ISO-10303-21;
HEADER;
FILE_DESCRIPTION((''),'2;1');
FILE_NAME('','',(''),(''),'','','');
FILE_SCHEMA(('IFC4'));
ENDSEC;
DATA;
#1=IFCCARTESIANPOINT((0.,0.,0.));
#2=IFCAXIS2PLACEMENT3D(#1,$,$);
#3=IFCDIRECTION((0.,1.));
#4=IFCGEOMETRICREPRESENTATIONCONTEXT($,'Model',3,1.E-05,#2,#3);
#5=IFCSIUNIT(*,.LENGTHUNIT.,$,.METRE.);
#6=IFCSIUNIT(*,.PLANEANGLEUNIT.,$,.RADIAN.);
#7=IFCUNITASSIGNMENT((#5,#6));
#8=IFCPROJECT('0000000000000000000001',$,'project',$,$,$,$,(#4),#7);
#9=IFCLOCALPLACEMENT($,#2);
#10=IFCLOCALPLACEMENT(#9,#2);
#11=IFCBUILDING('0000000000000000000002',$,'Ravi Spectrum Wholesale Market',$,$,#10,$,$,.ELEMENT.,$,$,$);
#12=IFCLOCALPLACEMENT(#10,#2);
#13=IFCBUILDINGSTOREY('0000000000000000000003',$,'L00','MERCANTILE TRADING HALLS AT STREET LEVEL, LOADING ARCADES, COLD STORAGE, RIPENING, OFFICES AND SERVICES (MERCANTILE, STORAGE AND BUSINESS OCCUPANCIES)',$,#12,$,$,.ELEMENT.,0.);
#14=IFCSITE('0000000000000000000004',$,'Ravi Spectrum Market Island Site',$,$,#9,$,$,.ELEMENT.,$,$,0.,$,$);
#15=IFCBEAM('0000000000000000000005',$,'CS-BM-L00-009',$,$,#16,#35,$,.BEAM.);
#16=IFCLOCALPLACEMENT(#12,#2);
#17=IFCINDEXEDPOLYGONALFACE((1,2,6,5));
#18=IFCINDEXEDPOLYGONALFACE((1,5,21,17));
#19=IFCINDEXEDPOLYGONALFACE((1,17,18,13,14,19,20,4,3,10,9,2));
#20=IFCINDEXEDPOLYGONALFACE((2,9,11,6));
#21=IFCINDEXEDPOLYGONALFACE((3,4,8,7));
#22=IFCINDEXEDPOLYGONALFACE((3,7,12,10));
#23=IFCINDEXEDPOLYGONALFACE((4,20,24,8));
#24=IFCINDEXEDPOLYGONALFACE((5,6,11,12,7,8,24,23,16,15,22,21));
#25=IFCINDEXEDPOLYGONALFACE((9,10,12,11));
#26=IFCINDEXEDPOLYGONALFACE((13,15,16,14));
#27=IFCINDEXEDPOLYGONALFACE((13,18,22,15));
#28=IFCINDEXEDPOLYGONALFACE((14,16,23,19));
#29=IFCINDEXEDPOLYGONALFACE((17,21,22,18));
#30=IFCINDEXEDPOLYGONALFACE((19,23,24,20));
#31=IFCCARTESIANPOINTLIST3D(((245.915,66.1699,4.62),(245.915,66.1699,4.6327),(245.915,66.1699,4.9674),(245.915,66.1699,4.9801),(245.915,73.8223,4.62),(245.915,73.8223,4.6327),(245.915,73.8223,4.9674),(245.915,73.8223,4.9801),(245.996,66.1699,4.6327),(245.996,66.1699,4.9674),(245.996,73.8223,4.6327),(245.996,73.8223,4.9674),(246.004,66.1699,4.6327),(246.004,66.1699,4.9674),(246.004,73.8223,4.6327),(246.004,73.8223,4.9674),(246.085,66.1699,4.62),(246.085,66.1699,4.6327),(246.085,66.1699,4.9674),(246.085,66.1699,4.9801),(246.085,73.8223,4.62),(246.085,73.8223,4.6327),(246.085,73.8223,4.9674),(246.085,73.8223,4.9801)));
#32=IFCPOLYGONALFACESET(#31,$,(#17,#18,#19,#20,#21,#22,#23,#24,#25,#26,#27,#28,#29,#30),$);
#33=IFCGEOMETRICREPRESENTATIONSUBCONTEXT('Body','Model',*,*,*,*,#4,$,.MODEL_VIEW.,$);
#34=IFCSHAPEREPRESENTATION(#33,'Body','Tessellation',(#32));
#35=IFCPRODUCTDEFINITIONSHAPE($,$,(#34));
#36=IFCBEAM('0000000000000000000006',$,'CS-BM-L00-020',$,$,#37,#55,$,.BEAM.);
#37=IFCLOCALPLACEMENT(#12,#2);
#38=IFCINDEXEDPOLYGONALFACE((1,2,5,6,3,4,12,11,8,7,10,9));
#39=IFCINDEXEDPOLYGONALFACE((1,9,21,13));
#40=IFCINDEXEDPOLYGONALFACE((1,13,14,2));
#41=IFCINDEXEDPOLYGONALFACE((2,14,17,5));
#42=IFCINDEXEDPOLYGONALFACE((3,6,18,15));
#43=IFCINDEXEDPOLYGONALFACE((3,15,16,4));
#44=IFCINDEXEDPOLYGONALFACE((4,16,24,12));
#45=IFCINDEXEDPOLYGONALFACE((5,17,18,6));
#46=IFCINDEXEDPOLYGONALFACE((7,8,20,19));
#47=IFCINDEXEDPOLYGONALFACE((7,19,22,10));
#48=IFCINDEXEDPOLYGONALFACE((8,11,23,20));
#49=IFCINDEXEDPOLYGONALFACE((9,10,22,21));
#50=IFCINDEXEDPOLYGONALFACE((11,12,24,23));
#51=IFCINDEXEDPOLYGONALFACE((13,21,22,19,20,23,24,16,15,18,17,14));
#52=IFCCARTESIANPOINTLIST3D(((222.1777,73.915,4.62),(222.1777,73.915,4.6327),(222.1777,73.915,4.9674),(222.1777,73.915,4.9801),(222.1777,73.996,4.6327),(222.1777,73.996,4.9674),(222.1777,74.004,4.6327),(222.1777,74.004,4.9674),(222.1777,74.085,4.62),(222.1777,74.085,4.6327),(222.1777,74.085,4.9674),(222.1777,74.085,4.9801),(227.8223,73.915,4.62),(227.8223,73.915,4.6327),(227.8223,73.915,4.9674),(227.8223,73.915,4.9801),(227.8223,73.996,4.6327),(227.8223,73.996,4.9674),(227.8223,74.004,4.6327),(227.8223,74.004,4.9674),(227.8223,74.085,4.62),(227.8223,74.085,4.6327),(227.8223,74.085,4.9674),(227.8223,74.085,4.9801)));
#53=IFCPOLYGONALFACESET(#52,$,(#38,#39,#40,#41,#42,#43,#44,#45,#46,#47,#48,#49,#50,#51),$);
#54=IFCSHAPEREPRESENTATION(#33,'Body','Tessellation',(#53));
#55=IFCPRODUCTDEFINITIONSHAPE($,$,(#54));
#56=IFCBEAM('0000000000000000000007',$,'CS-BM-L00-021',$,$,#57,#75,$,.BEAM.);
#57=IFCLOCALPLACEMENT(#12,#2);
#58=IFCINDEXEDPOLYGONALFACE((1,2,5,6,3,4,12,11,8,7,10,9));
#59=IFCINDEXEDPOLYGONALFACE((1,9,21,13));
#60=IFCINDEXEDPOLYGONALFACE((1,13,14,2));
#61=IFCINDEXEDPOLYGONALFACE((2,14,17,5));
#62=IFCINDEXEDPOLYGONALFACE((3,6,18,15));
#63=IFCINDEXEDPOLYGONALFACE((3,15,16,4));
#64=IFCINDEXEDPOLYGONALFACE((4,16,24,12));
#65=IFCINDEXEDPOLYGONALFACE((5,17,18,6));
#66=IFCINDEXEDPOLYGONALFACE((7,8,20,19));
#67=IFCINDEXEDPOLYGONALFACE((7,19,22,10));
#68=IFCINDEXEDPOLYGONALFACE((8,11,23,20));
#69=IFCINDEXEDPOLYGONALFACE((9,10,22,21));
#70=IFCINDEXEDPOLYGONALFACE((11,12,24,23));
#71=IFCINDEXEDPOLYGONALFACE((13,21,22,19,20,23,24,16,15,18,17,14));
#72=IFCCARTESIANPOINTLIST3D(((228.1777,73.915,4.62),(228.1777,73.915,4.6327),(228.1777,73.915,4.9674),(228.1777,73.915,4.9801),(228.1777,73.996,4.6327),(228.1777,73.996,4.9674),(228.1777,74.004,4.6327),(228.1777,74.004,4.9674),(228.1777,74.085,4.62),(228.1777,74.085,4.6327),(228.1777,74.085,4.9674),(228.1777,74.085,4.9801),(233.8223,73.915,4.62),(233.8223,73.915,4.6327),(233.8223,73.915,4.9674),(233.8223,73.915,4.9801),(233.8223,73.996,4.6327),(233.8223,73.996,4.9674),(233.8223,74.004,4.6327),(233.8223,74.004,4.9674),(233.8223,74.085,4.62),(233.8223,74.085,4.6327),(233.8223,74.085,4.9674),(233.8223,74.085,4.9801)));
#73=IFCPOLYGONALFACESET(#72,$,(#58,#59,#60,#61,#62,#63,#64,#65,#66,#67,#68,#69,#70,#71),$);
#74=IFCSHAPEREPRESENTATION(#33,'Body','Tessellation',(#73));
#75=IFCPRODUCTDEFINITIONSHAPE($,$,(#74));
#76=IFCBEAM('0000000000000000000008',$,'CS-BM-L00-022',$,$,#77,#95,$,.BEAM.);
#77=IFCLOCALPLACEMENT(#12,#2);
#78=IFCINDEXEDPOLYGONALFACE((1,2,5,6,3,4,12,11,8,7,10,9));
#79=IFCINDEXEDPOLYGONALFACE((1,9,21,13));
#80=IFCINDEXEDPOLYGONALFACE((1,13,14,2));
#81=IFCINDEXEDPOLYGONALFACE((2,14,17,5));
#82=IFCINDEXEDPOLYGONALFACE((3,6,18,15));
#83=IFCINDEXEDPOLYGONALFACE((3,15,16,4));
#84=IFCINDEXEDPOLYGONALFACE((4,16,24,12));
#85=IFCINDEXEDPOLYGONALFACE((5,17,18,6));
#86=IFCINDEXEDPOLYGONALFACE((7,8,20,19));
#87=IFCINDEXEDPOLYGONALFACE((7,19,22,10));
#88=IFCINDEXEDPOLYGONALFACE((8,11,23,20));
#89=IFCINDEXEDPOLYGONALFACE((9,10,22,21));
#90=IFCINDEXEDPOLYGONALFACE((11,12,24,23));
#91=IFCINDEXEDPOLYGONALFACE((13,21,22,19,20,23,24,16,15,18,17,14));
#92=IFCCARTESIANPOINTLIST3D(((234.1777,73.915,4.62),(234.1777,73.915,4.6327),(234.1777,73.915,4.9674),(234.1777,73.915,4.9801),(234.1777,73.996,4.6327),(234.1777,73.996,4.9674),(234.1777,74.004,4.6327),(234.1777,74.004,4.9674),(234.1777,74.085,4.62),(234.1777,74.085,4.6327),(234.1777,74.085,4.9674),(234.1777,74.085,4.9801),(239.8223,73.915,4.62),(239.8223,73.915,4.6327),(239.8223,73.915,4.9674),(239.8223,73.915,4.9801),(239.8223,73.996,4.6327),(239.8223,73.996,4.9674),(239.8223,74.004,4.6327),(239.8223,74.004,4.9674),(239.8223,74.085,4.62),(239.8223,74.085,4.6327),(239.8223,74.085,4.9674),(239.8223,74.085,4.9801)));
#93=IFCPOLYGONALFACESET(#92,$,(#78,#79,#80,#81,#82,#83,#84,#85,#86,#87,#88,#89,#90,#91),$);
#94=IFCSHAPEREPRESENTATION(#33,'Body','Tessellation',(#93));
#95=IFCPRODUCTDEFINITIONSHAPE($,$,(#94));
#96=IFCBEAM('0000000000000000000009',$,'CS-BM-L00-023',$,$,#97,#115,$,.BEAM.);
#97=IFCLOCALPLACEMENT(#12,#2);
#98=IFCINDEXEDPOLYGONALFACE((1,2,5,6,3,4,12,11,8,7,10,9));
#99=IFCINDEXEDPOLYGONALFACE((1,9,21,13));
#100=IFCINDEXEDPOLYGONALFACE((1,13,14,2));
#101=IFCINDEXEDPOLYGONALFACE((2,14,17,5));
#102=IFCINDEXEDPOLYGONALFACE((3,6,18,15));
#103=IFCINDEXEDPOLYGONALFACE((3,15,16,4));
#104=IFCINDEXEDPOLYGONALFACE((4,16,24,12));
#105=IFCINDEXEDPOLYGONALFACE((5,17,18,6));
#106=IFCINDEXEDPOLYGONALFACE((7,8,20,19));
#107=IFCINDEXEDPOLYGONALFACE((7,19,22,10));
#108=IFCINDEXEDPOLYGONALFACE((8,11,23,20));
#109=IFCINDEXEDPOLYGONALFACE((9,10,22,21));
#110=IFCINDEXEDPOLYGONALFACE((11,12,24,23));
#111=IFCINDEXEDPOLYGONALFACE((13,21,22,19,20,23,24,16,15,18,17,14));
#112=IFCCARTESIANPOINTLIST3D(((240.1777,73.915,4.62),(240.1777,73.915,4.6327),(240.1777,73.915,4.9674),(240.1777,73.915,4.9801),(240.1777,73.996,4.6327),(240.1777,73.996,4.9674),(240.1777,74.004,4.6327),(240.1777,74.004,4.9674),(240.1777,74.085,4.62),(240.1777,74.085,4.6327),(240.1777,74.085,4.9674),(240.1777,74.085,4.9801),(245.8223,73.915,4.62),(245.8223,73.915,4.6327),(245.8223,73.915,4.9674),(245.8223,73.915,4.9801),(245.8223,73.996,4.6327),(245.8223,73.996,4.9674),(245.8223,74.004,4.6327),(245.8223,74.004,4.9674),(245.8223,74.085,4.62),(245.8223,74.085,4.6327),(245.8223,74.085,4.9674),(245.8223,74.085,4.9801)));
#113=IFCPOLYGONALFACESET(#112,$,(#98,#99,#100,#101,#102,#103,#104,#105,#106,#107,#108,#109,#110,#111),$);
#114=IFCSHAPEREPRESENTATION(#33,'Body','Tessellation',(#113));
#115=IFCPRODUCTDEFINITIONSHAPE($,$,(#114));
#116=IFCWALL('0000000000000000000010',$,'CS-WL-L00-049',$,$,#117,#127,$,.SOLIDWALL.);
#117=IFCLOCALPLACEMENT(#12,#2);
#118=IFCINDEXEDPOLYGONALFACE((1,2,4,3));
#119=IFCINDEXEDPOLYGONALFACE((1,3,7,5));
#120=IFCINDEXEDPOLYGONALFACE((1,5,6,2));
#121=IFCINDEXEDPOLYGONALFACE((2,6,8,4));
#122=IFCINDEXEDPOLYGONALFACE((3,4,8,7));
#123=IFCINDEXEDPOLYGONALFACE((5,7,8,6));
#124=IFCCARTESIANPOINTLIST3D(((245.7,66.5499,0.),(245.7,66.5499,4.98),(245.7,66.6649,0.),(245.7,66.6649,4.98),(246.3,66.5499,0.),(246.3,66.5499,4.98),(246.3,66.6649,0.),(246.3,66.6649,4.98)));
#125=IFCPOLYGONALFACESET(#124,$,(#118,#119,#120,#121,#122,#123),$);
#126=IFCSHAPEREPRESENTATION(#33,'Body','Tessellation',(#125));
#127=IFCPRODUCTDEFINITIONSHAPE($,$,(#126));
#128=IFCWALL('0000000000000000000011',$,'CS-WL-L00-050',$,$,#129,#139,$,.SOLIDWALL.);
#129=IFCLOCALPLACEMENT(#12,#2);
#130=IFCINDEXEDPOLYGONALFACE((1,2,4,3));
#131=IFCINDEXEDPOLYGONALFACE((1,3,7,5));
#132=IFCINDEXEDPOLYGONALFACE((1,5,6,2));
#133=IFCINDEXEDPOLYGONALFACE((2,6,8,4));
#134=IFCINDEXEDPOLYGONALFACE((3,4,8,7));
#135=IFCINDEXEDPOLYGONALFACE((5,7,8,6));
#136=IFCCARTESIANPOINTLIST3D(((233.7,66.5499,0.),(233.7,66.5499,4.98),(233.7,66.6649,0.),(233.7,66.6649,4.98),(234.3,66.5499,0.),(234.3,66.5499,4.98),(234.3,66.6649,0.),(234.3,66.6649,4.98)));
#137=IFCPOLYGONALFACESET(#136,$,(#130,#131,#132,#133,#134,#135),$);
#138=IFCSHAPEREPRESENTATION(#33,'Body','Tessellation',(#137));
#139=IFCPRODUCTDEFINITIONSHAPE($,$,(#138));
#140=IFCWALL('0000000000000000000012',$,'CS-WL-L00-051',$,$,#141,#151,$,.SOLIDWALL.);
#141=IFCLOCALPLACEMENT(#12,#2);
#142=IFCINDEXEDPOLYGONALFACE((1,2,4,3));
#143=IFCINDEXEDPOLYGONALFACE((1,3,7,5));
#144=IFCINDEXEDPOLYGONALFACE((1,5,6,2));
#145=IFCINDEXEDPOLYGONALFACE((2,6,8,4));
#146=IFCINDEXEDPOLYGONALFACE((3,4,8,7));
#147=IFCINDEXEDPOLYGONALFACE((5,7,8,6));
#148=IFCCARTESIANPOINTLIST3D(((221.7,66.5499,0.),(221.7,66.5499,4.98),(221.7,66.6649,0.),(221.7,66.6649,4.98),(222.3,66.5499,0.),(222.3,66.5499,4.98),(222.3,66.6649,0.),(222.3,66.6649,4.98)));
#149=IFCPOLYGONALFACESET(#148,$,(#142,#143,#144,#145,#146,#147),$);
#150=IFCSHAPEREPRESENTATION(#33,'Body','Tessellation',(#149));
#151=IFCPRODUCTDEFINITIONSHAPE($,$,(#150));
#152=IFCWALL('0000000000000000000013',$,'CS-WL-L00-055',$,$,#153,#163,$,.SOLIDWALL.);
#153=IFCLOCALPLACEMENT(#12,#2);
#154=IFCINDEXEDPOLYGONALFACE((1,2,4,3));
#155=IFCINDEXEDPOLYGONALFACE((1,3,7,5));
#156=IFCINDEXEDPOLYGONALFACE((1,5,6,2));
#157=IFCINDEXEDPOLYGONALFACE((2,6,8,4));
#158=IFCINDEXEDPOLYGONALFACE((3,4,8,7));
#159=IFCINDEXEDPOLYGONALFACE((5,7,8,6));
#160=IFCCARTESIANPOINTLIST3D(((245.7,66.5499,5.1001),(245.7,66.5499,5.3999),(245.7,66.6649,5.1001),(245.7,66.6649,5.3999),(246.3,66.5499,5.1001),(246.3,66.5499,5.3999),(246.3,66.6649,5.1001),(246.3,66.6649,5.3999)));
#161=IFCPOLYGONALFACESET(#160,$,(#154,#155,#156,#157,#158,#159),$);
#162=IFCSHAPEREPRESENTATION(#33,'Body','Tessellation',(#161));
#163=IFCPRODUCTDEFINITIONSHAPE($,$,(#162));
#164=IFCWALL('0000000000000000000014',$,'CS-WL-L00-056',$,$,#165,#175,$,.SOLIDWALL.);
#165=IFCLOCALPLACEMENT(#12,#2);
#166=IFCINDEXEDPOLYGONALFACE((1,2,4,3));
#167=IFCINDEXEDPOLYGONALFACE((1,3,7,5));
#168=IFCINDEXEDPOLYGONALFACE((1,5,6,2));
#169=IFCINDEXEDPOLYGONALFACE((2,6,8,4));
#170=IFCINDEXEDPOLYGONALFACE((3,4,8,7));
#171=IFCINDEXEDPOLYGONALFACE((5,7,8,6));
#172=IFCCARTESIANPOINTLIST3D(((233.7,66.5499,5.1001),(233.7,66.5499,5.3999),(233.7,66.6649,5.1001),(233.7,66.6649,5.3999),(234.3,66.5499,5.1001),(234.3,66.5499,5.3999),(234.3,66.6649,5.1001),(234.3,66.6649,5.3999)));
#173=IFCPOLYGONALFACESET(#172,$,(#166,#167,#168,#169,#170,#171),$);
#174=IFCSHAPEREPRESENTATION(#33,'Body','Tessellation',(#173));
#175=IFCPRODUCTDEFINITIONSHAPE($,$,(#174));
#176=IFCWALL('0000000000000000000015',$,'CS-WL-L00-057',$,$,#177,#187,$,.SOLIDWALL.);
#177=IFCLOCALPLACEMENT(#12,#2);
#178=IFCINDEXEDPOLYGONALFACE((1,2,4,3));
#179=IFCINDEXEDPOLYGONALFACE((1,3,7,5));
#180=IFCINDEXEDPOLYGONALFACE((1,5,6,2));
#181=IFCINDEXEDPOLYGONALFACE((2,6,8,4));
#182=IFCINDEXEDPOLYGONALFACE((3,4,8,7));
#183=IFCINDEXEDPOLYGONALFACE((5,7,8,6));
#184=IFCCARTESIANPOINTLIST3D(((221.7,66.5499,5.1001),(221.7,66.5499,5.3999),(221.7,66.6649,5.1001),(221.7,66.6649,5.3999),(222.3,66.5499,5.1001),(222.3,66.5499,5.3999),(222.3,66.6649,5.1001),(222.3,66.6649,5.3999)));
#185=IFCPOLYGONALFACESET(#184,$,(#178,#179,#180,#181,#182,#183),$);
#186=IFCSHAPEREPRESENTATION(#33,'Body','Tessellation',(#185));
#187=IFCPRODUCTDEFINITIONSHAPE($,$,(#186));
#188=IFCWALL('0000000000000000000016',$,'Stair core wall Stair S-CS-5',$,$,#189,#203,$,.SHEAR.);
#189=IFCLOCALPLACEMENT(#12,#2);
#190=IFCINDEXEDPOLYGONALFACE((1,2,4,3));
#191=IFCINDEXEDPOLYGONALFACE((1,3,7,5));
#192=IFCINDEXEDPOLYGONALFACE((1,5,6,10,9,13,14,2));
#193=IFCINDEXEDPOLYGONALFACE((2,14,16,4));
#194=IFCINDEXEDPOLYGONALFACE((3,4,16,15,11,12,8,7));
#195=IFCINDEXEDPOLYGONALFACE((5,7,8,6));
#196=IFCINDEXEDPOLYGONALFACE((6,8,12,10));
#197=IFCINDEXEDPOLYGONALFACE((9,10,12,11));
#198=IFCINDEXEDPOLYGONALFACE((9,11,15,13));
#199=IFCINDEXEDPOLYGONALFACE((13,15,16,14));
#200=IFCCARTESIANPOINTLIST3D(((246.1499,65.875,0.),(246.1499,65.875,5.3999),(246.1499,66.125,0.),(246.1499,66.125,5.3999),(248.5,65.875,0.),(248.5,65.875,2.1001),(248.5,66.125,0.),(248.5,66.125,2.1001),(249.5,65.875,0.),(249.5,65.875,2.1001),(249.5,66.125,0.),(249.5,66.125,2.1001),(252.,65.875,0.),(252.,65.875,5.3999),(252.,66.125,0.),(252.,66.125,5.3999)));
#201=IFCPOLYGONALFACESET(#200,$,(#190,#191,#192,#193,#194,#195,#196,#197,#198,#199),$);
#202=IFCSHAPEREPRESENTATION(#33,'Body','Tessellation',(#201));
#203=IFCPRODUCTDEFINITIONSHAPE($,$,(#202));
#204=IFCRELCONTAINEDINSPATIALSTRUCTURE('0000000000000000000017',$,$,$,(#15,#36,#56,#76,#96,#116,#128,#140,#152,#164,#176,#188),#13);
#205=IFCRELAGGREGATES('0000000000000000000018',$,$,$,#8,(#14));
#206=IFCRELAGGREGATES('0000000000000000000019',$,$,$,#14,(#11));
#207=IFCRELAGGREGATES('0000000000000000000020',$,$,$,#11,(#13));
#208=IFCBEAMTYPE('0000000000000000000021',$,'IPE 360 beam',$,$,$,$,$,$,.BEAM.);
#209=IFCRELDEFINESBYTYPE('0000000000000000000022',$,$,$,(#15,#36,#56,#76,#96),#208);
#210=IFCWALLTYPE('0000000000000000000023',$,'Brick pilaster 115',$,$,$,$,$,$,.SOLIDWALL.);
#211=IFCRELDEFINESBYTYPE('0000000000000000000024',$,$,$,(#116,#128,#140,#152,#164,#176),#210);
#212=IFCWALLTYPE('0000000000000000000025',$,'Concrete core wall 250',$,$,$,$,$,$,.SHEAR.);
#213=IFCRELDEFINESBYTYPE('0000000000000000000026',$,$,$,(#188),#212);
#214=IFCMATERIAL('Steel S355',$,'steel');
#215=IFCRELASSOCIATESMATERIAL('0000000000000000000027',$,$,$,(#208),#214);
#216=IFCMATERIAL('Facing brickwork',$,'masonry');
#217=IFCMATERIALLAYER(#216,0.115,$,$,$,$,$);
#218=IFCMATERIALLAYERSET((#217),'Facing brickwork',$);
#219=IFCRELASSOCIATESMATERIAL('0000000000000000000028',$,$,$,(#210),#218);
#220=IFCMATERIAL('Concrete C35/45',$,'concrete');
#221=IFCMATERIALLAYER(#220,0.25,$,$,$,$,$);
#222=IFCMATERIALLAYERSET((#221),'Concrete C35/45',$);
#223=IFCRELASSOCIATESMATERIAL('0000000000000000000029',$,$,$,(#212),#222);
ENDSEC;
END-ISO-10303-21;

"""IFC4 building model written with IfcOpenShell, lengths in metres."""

from ifc_helpers import new_model, si_unit, direction, frame, frame_2d, origin, origin_2d, place, context, subcontext, project, spatial, rectangle, i_section, extrude, material, layer, layer_set, material_profile, profile_set, type_object, element, save


model = new_model("IFC4")

# Units and contexts
model_context = context("Model", 3, precision=1e-05, world=origin(), true_north=direction((0.0, 1.0)))
body_context = subcontext(model_context, "Body", "Model", "MODEL_VIEW")
ifc_project = project(units=[si_unit("LENGTHUNIT", "METRE"), si_unit("PLANEANGLEUNIT", "RADIAN")], contexts=[model_context])

# Site, building, storey
site_placement = place(None, origin())
site = spatial("IfcSite", under=ifc_project, at=site_placement, Name="Ravi Spectrum Market Island Site", CompositionType="ELEMENT", RefElevation=0.0)
building_placement = place(site_placement, origin())
building = spatial("IfcBuilding", under=site, at=building_placement, Name="Ravi Spectrum Wholesale Market", CompositionType="ELEMENT")
storey_placement = place(building_placement, origin())
storey = spatial("IfcBuildingStorey", under=building, at=storey_placement, Name="L00", Description="MERCANTILE TRADING HALLS AT STREET LEVEL, LOADING ARCADES, COLD STORAGE, RIPENING, OFFICES AND SERVICES (MERCANTILE, STORAGE AND BUSINESS OCCUPANCIES)", CompositionType="ELEMENT", Elevation=0.0)

# Beams
ifc_material_1 = material(Name="Steel S355", Category="steel")
ifc_material_profile_1 = material_profile(ifc_material_1, i_section(OverallWidth=0.1699, OverallDepth=0.3601, WebThickness=0.0081, FlangeThickness=0.0127, at=origin_2d()))
ifc_profile_set_1 = profile_set([ifc_material_profile_1], Name="Steel S355")
beam_type = type_object("IfcBeamType", Name="IPE 360 beam", PredefinedType="BEAM", material=ifc_profile_set_1)
beam_1_placement = place(storey_placement, frame((246.0, 66.1699, 4.8), z_axis=(0.0, 1.0, 0.0), x_axis=(-1.0, 0.0, 0.0)))
element("IfcBeam", 1, at=beam_1_placement, inside=storey, type_object=beam_type, Name="CS-BM-L00-009", PredefinedType="BEAM", context=body_context, shape_type="SweptSolid", body=[
    extrude(i_section(OverallWidth=0.1699, OverallDepth=0.3601, WebThickness=0.0081, FlangeThickness=0.0127, at=origin_2d()), origin(), (0.0, 0.0, 1.0), 7.6523),
])
for number, where, z_axis, x_axis, name in (
    (2, (222.1777, 74.0, 4.8), (1.0, 0.0, 0.0), (0.0, 1.0, 0.0), "CS-BM-L00-020"),
    (3, (228.1777, 74.0, 4.8), (1.0, 0.0, 0.0), (0.0, 1.0, 0.0), "CS-BM-L00-021"),
    (4, (234.1777, 74.0, 4.8), (1.0, 0.0, 0.0), (0.0, 1.0, 0.0), "CS-BM-L00-022"),
    (5, (240.1777, 74.0, 4.8), (1.0, 0.0, 0.0), (0.0, 1.0, 0.0), "CS-BM-L00-023"),
):
    element("IfcBeam", number, at=place(storey_placement, frame(where, z_axis=z_axis, x_axis=x_axis)), inside=storey, type_object=beam_type, Name=name, PredefinedType="BEAM", context=body_context, shape_type="SweptSolid", body=[
        extrude(i_section(OverallWidth=0.1699, OverallDepth=0.3601, WebThickness=0.0081, FlangeThickness=0.0127, at=origin_2d()), origin(), (0.0, 0.0, 1.0), 5.6445),
    ])

# Walls
ifc_material_2 = material(Name="Facing brickwork", Category="masonry")
ifc_layer_1 = layer(ifc_material_2, 0.115)
ifc_layer_set_1 = layer_set([ifc_layer_1], Name="Facing brickwork")
wall_type_1 = type_object("IfcWallType", Name="Brick pilaster 115", PredefinedType="SOLIDWALL", material=ifc_layer_set_1)
for number, where, z_axis, x_axis, name in (
    (6, (246.3, 66.6074, 0.0), (0.0, 0.0, 1.0), (-1.0, 0.0, 0.0), "CS-WL-L00-049"),
    (7, (234.3, 66.6074, 0.0), (0.0, 0.0, 1.0), (-1.0, 0.0, 0.0), "CS-WL-L00-050"),
    (8, (222.3, 66.6074, 0.0), (0.0, 0.0, 1.0), (-1.0, 0.0, 0.0), "CS-WL-L00-051"),
):
    element("IfcWall", number, at=place(storey_placement, frame(where, z_axis=z_axis, x_axis=x_axis)), inside=storey, type_object=wall_type_1, Name=name, PredefinedType="SOLIDWALL", context=body_context, shape_type="SweptSolid", body=[
        extrude(rectangle(XDim=0.6001, YDim=0.115, at=frame_2d((0.3, 0.0))), origin(), (0.0, 0.0, 1.0), 4.98),
    ])
for number, where, z_axis, x_axis, name in (
    (9, (246.3, 66.6074, 5.1001), (0.0, 0.0, 1.0), (-1.0, 0.0, 0.0), "CS-WL-L00-055"),
    (10, (234.3, 66.6074, 5.1001), (0.0, 0.0, 1.0), (-1.0, 0.0, 0.0), "CS-WL-L00-056"),
    (11, (222.3, 66.6074, 5.1001), (0.0, 0.0, 1.0), (-1.0, 0.0, 0.0), "CS-WL-L00-057"),
):
    element("IfcWall", number, at=place(storey_placement, frame(where, z_axis=z_axis, x_axis=x_axis)), inside=storey, type_object=wall_type_1, Name=name, PredefinedType="SOLIDWALL", context=body_context, shape_type="SweptSolid", body=[
        extrude(rectangle(XDim=0.6001, YDim=0.115, at=frame_2d((0.3, 0.0))), origin(), (0.0, 0.0, 1.0), 0.2998),
    ])

# Wall, opening
ifc_material_3 = material(Name="Concrete C35/45", Category="concrete")
ifc_layer_2 = layer(ifc_material_3, 0.25)
ifc_layer_set_2 = layer_set([ifc_layer_2], Name="Concrete C35/45")
wall_type_2 = type_object("IfcWallType", Name="Concrete core wall 250", PredefinedType="SHEAR", material=ifc_layer_set_2)
wall_placement = place(storey_placement, frame((246.1499, 66.0, 0.0), z_axis=(0.0, 0.0, 1.0), x_axis=(1.0, 0.0, 0.0)))
wall = element("IfcWall", 12, at=wall_placement, inside=storey, type_object=wall_type_2, Name="Stair core wall Stair S-CS-5", PredefinedType="SHEAR", context=body_context, shape_type="SweptSolid", body=[
    extrude(rectangle(XDim=5.8501, YDim=0.25, at=frame_2d((2.925, 0.0))), origin(), (0.0, 0.0, 1.0), 5.3999),
])
opening_placement = place(wall_placement, frame((2.3501, 0.0, 0.0)))
element("IfcOpeningElement", 13, at=opening_placement, cuts=wall, PredefinedType="OPENING", context=body_context, shape_type="SweptSolid", body=[
    extrude(rectangle(XDim=1.0, YDim=2.1001, at=frame_2d((0.5, 1.05))), frame((0.0, 0.135, 0.0), z_axis=(0.0, -1.0, 0.0), x_axis=(1.0, 0.0, 0.0)), (0.0, 0.0, 1.0), 0.27),
])

save(model, "model.ifc")
